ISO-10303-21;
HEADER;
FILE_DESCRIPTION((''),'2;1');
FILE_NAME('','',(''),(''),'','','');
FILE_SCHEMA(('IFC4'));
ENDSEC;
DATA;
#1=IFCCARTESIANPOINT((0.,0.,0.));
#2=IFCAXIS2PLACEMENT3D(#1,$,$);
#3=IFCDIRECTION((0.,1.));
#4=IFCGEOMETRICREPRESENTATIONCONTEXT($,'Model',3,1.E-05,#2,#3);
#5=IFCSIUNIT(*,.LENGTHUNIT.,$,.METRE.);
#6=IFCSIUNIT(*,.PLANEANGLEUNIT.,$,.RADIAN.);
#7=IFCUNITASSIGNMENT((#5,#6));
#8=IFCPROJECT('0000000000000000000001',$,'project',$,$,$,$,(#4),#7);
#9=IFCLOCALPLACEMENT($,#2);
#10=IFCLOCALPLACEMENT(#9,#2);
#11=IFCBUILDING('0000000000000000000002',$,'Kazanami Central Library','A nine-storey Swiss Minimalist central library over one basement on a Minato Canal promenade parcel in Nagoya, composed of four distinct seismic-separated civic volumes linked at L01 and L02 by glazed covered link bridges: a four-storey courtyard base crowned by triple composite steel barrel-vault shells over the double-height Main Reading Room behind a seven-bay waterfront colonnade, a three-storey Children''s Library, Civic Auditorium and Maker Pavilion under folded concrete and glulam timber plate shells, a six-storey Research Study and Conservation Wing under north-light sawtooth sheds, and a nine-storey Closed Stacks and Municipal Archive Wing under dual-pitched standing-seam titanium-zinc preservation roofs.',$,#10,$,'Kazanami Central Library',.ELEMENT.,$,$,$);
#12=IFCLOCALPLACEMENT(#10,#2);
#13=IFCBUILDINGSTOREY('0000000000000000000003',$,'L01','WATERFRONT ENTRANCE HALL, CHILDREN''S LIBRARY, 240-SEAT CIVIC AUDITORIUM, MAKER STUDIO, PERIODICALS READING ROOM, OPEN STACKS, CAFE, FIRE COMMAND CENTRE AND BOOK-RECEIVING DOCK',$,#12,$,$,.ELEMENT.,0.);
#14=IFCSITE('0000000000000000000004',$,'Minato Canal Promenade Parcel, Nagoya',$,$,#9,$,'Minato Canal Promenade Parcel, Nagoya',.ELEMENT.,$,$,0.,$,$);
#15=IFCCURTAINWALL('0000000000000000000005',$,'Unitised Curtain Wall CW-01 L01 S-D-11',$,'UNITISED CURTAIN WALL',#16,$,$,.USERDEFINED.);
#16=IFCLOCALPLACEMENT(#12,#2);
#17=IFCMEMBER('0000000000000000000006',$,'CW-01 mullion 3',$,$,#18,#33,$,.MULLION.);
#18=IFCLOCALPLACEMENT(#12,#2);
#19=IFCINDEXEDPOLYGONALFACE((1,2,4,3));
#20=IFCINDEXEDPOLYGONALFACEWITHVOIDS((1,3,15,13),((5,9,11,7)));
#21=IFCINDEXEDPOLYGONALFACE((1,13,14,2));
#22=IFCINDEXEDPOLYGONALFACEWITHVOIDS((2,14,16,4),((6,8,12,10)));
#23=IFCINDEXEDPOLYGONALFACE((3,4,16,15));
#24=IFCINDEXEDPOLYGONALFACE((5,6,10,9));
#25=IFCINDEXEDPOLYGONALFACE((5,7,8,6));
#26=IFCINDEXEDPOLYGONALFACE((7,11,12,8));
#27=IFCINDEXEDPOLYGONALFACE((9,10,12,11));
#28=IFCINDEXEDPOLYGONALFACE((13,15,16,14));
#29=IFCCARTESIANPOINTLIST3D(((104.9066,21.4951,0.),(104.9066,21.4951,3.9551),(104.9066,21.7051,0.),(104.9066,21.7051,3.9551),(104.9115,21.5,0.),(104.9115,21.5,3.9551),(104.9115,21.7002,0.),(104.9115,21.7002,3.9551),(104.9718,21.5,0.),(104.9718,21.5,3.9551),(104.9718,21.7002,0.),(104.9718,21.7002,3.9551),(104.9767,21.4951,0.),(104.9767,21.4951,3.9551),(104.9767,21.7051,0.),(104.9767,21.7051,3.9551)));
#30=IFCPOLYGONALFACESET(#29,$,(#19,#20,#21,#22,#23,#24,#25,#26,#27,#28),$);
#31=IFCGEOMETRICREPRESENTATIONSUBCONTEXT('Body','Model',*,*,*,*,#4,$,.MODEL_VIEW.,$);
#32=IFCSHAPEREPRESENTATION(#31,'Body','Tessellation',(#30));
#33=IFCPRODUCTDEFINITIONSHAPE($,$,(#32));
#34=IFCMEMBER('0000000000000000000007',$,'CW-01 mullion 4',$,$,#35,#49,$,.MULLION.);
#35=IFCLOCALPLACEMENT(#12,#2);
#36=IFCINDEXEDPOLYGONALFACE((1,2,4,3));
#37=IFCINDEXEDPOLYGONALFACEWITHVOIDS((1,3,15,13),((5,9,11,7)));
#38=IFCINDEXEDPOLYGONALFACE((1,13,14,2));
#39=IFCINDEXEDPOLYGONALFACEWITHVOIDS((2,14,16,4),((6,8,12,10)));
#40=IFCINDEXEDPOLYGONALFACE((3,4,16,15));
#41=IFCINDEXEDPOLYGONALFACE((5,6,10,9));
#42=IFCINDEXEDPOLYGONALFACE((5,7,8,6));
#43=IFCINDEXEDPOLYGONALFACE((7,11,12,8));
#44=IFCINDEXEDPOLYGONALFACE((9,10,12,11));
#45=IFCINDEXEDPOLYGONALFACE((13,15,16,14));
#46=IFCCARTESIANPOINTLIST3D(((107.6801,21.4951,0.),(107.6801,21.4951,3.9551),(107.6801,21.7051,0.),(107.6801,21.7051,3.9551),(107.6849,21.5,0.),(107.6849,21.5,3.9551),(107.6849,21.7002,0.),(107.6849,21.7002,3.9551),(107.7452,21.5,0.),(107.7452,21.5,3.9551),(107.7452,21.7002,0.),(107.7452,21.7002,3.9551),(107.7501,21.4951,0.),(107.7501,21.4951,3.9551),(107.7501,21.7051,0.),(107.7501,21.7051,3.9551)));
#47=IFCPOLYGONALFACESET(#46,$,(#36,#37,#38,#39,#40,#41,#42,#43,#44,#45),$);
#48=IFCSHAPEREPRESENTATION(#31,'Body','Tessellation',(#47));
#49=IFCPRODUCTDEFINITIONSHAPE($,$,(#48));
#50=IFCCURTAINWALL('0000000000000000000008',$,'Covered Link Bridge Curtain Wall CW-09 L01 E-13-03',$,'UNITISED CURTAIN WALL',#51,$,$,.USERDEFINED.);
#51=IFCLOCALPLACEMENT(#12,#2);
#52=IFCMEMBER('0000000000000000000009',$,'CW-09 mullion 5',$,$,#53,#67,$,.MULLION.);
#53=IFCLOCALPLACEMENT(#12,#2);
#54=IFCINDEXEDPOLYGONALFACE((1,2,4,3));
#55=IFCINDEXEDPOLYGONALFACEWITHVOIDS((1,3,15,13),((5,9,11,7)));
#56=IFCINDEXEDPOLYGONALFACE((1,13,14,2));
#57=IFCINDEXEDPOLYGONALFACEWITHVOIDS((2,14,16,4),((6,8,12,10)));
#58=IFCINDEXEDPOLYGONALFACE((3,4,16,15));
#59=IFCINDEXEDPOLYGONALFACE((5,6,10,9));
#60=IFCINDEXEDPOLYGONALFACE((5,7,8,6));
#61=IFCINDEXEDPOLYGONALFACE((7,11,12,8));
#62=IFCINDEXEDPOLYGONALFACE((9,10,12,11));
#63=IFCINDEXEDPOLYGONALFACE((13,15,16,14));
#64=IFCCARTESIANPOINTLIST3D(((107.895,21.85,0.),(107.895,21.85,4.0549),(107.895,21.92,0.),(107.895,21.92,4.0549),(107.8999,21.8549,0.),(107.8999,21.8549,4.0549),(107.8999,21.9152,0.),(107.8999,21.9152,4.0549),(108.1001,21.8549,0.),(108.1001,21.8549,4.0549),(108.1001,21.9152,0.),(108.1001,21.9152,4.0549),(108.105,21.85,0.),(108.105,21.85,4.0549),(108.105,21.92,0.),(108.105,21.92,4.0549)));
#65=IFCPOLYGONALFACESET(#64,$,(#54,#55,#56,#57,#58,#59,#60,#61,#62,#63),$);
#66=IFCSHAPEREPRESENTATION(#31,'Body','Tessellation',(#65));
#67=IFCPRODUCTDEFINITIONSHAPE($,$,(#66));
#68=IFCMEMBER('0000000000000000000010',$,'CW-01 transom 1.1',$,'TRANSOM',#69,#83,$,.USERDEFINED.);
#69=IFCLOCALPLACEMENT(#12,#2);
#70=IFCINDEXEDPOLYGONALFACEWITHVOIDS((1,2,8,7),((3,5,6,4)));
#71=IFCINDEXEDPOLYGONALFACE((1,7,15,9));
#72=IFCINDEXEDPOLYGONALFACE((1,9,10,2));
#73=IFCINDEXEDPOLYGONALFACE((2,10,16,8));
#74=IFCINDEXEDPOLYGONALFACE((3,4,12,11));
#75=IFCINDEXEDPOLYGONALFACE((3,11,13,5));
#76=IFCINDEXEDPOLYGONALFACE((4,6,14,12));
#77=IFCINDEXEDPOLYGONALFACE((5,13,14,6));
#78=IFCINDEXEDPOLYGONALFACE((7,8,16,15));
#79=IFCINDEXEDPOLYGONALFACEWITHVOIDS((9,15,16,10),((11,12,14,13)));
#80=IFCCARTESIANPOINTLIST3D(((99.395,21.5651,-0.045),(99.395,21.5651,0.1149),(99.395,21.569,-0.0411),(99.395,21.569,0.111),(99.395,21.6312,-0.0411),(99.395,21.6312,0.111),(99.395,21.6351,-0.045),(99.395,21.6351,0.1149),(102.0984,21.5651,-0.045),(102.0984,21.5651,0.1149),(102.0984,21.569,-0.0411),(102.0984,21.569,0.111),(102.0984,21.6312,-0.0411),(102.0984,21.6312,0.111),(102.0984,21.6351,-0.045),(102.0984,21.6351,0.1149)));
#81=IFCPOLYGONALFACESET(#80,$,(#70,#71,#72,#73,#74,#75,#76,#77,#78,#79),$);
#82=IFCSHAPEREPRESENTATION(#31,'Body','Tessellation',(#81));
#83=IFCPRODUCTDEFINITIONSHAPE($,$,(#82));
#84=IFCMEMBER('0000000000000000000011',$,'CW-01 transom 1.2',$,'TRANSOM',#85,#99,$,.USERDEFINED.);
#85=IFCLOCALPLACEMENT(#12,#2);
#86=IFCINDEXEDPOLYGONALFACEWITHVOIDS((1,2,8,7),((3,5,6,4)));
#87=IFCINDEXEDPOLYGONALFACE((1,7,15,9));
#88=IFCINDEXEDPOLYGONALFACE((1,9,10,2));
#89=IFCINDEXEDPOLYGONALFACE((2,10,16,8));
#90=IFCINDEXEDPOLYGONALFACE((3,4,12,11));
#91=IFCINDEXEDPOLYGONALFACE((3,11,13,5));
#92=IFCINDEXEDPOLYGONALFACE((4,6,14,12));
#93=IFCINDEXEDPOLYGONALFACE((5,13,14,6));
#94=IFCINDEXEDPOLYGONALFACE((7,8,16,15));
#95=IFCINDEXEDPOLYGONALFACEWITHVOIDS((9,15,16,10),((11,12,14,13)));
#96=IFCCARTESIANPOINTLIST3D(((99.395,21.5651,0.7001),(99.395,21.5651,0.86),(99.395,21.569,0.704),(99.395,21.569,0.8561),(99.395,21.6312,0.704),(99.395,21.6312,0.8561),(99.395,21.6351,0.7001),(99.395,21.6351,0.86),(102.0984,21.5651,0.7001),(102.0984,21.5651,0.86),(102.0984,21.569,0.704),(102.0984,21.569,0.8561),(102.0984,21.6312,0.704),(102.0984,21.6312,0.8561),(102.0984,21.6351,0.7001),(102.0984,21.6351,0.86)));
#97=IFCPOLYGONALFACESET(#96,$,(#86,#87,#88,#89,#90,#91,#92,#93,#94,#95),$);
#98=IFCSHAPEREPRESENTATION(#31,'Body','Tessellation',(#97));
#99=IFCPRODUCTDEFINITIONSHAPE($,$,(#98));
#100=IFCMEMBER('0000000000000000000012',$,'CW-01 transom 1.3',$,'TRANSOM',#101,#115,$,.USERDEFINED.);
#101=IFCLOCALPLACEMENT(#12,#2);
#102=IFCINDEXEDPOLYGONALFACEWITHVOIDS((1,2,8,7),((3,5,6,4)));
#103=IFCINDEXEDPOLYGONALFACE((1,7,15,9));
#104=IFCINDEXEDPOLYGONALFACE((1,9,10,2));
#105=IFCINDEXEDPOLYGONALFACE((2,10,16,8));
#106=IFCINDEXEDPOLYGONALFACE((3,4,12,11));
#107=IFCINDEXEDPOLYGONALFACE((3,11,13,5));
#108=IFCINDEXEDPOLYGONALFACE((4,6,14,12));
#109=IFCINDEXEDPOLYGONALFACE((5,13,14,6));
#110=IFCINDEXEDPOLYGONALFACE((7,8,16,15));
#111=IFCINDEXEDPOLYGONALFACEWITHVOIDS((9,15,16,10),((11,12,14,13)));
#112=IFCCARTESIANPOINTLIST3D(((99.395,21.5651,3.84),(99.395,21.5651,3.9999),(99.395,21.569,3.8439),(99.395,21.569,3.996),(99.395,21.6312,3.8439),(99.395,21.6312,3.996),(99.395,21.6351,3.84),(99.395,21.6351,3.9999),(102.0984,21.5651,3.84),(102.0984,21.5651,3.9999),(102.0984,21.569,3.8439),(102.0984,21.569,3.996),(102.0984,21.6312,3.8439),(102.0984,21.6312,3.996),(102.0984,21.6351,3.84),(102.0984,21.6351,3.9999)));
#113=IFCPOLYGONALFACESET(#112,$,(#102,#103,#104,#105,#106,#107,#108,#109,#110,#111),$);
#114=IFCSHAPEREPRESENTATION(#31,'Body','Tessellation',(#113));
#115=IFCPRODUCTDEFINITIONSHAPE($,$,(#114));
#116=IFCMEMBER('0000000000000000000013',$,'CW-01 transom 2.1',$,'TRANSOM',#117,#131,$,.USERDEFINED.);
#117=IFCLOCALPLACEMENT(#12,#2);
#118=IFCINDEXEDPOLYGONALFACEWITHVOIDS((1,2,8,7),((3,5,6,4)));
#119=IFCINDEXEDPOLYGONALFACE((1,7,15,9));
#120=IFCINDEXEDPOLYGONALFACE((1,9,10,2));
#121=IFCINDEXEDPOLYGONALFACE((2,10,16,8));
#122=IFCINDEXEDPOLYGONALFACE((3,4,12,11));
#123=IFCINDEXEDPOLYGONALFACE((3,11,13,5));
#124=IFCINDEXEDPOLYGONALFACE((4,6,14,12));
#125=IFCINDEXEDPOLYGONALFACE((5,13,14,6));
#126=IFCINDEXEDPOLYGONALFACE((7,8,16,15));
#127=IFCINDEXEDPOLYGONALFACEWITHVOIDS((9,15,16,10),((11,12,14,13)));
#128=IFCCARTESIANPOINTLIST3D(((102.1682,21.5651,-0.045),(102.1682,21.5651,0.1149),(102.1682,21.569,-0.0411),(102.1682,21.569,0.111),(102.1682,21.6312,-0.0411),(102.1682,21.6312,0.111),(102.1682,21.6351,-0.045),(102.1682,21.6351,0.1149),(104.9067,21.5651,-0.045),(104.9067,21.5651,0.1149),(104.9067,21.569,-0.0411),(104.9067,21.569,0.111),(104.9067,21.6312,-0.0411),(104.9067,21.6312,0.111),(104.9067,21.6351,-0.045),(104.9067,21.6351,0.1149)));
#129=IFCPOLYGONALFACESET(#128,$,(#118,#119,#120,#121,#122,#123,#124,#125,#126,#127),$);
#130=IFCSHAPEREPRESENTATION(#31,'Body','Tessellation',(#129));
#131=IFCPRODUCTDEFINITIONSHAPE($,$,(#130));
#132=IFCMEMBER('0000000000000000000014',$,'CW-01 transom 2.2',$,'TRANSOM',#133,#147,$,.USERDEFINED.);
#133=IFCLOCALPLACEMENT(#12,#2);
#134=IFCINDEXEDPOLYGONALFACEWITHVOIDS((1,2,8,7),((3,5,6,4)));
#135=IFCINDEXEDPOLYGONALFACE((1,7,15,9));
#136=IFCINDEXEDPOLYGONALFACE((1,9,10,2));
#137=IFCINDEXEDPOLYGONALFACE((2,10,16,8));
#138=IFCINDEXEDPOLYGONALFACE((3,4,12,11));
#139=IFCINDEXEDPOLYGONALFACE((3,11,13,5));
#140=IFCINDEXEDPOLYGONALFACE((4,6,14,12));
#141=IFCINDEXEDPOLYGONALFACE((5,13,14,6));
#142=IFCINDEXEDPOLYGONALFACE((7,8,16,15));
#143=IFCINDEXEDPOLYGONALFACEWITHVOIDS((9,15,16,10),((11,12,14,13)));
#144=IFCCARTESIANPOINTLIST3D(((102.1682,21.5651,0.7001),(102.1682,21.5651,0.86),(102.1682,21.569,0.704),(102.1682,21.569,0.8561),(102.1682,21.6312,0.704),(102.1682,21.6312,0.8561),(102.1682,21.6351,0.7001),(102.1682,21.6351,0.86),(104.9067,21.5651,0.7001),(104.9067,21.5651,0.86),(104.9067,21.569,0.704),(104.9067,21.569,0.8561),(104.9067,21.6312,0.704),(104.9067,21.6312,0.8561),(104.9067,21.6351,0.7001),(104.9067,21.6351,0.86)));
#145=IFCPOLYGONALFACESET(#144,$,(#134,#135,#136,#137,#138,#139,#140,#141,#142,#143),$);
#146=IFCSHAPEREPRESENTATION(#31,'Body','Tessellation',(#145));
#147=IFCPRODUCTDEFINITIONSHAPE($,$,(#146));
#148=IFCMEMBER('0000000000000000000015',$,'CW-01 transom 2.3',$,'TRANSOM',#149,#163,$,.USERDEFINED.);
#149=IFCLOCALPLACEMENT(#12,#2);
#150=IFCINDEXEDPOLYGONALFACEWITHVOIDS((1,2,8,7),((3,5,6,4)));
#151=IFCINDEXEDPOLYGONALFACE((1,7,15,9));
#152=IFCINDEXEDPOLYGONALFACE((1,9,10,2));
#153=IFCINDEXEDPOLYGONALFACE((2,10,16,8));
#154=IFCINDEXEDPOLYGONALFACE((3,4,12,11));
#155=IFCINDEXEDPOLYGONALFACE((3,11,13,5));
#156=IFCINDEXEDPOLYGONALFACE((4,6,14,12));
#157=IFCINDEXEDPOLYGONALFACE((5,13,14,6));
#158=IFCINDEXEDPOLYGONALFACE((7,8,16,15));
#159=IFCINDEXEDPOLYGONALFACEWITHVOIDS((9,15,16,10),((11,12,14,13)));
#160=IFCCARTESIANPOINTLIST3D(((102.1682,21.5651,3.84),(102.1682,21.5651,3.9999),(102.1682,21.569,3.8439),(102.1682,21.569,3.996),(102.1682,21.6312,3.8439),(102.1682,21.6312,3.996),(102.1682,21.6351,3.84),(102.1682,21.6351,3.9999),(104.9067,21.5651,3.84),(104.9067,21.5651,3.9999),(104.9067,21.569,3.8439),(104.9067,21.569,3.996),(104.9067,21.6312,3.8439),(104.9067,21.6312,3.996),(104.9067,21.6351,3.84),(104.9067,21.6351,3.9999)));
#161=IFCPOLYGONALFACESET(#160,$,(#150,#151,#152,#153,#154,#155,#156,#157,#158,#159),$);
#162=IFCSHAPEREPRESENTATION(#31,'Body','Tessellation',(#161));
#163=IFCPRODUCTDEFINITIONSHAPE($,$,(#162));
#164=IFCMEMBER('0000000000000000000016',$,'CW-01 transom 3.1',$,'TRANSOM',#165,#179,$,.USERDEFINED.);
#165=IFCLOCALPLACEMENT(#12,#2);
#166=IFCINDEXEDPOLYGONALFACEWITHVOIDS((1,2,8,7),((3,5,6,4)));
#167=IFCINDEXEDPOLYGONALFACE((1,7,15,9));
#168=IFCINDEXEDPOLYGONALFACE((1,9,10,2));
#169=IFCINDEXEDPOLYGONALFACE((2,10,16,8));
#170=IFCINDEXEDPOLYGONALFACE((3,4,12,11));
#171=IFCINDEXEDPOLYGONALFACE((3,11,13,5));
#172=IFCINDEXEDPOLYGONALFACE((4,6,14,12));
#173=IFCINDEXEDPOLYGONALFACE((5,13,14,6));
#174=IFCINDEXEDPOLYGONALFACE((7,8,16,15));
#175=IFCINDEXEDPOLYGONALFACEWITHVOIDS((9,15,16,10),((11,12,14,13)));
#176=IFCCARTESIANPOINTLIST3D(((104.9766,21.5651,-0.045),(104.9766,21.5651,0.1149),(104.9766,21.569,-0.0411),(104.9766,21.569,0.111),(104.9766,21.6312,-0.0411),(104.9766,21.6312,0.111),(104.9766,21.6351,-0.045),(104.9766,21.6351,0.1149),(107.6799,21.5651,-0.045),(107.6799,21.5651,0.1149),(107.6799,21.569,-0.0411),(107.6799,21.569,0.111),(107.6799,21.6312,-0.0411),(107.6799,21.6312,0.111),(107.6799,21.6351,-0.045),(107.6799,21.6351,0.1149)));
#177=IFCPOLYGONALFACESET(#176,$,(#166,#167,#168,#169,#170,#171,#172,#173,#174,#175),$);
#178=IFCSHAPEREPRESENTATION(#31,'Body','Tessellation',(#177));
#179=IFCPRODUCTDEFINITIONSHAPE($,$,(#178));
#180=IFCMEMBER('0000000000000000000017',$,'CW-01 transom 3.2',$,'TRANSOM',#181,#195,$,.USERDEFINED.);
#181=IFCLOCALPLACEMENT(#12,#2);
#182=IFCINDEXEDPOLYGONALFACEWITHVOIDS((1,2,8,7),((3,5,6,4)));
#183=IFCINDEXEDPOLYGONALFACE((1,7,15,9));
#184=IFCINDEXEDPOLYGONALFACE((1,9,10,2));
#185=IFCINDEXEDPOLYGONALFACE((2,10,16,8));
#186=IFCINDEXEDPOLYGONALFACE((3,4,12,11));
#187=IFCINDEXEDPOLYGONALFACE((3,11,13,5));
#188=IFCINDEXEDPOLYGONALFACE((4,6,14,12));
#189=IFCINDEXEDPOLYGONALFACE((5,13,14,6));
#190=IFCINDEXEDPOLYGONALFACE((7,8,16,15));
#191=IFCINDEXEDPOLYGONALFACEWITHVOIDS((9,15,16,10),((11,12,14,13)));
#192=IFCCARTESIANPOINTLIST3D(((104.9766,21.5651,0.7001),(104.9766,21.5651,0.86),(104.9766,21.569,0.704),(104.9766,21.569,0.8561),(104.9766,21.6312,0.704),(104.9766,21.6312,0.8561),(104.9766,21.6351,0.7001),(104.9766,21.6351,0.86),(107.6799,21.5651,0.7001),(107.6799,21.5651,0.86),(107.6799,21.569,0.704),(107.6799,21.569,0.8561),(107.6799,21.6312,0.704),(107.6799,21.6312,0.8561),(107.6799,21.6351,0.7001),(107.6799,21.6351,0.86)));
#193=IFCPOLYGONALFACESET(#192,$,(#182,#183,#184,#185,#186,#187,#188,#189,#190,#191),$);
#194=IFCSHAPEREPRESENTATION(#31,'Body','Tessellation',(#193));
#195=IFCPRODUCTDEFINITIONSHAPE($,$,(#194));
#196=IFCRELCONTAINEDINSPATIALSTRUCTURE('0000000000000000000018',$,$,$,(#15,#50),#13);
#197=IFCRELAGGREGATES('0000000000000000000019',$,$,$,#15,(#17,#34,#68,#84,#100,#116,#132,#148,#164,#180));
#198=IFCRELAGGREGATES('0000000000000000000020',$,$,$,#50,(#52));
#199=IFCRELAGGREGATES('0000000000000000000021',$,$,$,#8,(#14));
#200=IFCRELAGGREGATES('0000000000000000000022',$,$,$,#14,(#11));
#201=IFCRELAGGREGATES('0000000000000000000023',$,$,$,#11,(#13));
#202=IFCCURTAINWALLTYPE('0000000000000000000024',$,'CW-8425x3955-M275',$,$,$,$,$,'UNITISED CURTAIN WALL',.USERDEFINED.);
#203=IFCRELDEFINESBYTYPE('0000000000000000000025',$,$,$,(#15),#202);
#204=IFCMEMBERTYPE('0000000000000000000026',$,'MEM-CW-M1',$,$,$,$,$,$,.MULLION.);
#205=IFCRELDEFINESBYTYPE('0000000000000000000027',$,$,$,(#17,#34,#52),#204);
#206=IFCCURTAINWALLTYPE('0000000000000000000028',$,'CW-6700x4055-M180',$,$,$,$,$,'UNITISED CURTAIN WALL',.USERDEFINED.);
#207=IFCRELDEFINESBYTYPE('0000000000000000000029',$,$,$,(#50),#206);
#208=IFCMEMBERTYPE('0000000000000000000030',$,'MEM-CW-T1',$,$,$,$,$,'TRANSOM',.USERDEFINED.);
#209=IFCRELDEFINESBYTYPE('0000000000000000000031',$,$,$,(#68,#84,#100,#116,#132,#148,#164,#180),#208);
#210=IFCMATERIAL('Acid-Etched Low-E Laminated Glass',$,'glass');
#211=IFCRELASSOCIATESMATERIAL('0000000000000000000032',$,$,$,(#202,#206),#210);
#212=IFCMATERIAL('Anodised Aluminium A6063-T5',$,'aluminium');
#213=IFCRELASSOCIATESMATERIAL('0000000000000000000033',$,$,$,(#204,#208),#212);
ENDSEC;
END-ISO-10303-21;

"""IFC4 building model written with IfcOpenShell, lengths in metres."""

from ifc_helpers import new_model, si_unit, direction, frame, origin, origin_2d, place, context, subcontext, project, spatial, hollow_rectangle, extrude, material, material_profile, profile_set, type_object, element, aggregate, save


model = new_model("IFC4")

# Units and contexts
model_context = context("Model", 3, precision=1e-05, world=origin(), true_north=direction((0.0, 1.0)))
body_context = subcontext(model_context, "Body", "Model", "MODEL_VIEW")
ifc_project = project(units=[si_unit("LENGTHUNIT", "METRE"), si_unit("PLANEANGLEUNIT", "RADIAN")], contexts=[model_context])

# Site, building, storey
site_placement = place(None, origin())
site = spatial("IfcSite", under=ifc_project, at=site_placement, Name="Minato Canal Promenade Parcel, Nagoya", LongName="Minato Canal Promenade Parcel, Nagoya", CompositionType="ELEMENT", RefElevation=0.0)
building_placement = place(site_placement, origin())
building = spatial("IfcBuilding", under=site, at=building_placement, Name="Kazanami Central Library", Description="A nine-storey Swiss Minimalist central library over one basement on a Minato Canal promenade parcel in Nagoya, composed of four distinct seismic-separated civic volumes linked at L01 and L02 by glazed covered link bridges: a four-storey courtyard base crowned by triple composite steel barrel-vault shells over the double-height Main Reading Room behind a seven-bay waterfront colonnade, a three-storey Children's Library, Civic Auditorium and Maker Pavilion under folded concrete and glulam timber plate shells, a six-storey Research Study and Conservation Wing under north-light sawtooth sheds, and a nine-storey Closed Stacks and Municipal Archive Wing under dual-pitched standing-seam titanium-zinc preservation roofs.", LongName="Kazanami Central Library", CompositionType="ELEMENT")
storey_placement = place(building_placement, origin())
storey = spatial("IfcBuildingStorey", under=building, at=storey_placement, Name="L01", Description="WATERFRONT ENTRANCE HALL, CHILDREN'S LIBRARY, 240-SEAT CIVIC AUDITORIUM, MAKER STUDIO, PERIODICALS READING ROOM, OPEN STACKS, CAFE, FIRE COMMAND CENTRE AND BOOK-RECEIVING DOCK", CompositionType="ELEMENT", Elevation=0.0)

# Curtain wall, members
ifc_material_1 = material(Name="Acid-Etched Low-E Laminated Glass", Category="glass")
curtain_wall_type_1 = type_object("IfcCurtainWallType", Name="CW-8425x3955-M275", ElementType="UNITISED CURTAIN WALL", PredefinedType="USERDEFINED", material=ifc_material_1)
curtain_wall_1_placement = place(storey_placement, origin())
curtain_wall_1 = element("IfcCurtainWall", 1, at=curtain_wall_1_placement, inside=storey, type_object=curtain_wall_type_1, Name="Unitised Curtain Wall CW-01 L01 S-D-11", ObjectType="UNITISED CURTAIN WALL", PredefinedType="USERDEFINED")
ifc_material_2 = material(Name="Anodised Aluminium A6063-T5", Category="aluminium")
ifc_material_profile_1 = material_profile(ifc_material_2, hollow_rectangle(XDim=0.0701, YDim=0.21, WallThickness=0.0049, at=origin_2d()), Name="ALU-MULL-70x210x5")
ifc_profile_set_1 = profile_set([ifc_material_profile_1], Name="Anodised Aluminium A6063-T5")
member_type_1 = type_object("IfcMemberType", Name="MEM-CW-M1", PredefinedType="MULLION", material=ifc_profile_set_1)
member_1_placement = place(storey_placement, frame((104.9417, 21.6001, 0.0), z_axis=(0.0, 0.0, 1.0), x_axis=(1.0, 0.0, 0.0)))
member_1 = element("IfcMember", 2, at=member_1_placement, type_object=member_type_1, Name="CW-01 mullion 3", PredefinedType="MULLION", context=body_context, shape_type="SweptSolid", body=[
    extrude(hollow_rectangle(XDim=0.0701, YDim=0.21, WallThickness=0.0049, at=origin_2d()), origin(), (0.0, 0.0, 1.0), 3.9551),
])
member_2_placement = place(storey_placement, frame((107.7151, 21.6001, 0.0), z_axis=(0.0, 0.0, 1.0), x_axis=(1.0, 0.0, 0.0)))
member_2 = element("IfcMember", 3, at=member_2_placement, type_object=member_type_1, Name="CW-01 mullion 4", PredefinedType="MULLION", context=body_context, shape_type="SweptSolid", body=[
    extrude(hollow_rectangle(XDim=0.0701, YDim=0.21, WallThickness=0.0049, at=origin_2d()), origin(), (0.0, 0.0, 1.0), 3.9551),
])

# Curtain wall, member
curtain_wall_type_2 = type_object("IfcCurtainWallType", Name="CW-6700x4055-M180", ElementType="UNITISED CURTAIN WALL", PredefinedType="USERDEFINED", material=ifc_material_1)
curtain_wall_2_placement = place(storey_placement, origin())
curtain_wall_2 = element("IfcCurtainWall", 4, at=curtain_wall_2_placement, inside=storey, type_object=curtain_wall_type_2, Name="Covered Link Bridge Curtain Wall CW-09 L01 E-13-03", ObjectType="UNITISED CURTAIN WALL", PredefinedType="USERDEFINED")
member_3_placement = place(storey_placement, frame((108.0, 21.885, 0.0), z_axis=(0.0, 0.0, 1.0), x_axis=(0.0, -1.0, 0.0)))
member_3 = element("IfcMember", 5, at=member_3_placement, type_object=member_type_1, Name="CW-09 mullion 5", PredefinedType="MULLION", context=body_context, shape_type="SweptSolid", body=[
    extrude(hollow_rectangle(XDim=0.0701, YDim=0.21, WallThickness=0.0049, at=origin_2d()), origin(), (0.0, 0.0, 1.0), 4.0549),
])

# Members
ifc_material_profile_2 = material_profile(ifc_material_2, hollow_rectangle(XDim=0.0701, YDim=0.1599, WallThickness=0.0039, at=origin_2d()), Name="ALU-TRAN-70x160x4")
ifc_profile_set_2 = profile_set([ifc_material_profile_2], Name="Anodised Aluminium A6063-T5")
member_type_2 = type_object("IfcMemberType", Name="MEM-CW-T1", ElementType="TRANSOM", PredefinedType="USERDEFINED", material=ifc_profile_set_2)
member_4_placement = place(storey_placement, frame((99.395, 21.6001, 0.0349), z_axis=(1.0, 0.0, 0.0), x_axis=(0.0, 1.0, 0.0)))
member_4 = element("IfcMember", 6, at=member_4_placement, type_object=member_type_2, Name="CW-01 transom 1.1", ObjectType="TRANSOM", PredefinedType="USERDEFINED", context=body_context, shape_type="SweptSolid", body=[
    extrude(hollow_rectangle(XDim=0.0701, YDim=0.1599, WallThickness=0.0039, at=origin_2d()), origin(), (0.0, 0.0, 1.0), 2.7034),
])
member_5_placement = place(storey_placement, frame((99.395, 21.6001, 0.78), z_axis=(1.0, 0.0, 0.0), x_axis=(0.0, 1.0, 0.0)))
member_5 = element("IfcMember", 7, at=member_5_placement, type_object=member_type_2, Name="CW-01 transom 1.2", ObjectType="TRANSOM", PredefinedType="USERDEFINED", context=body_context, shape_type="SweptSolid", body=[
    extrude(hollow_rectangle(XDim=0.0701, YDim=0.1599, WallThickness=0.0039, at=origin_2d()), origin(), (0.0, 0.0, 1.0), 2.7034),
])
member_6_placement = place(storey_placement, frame((99.395, 21.6001, 3.9199), z_axis=(1.0, 0.0, 0.0), x_axis=(0.0, 1.0, 0.0)))
member_6 = element("IfcMember", 8, at=member_6_placement, type_object=member_type_2, Name="CW-01 transom 1.3", ObjectType="TRANSOM", PredefinedType="USERDEFINED", context=body_context, shape_type="SweptSolid", body=[
    extrude(hollow_rectangle(XDim=0.0701, YDim=0.1599, WallThickness=0.0039, at=origin_2d()), origin(), (0.0, 0.0, 1.0), 2.7034),
])
member_7_placement = place(storey_placement, frame((102.1682, 21.6001, 0.0349), z_axis=(1.0, 0.0, 0.0), x_axis=(0.0, 1.0, 0.0)))
member_7 = element("IfcMember", 9, at=member_7_placement, type_object=member_type_2, Name="CW-01 transom 2.1", ObjectType="TRANSOM", PredefinedType="USERDEFINED", context=body_context, shape_type="SweptSolid", body=[
    extrude(hollow_rectangle(XDim=0.0701, YDim=0.1599, WallThickness=0.0039, at=origin_2d()), origin(), (0.0, 0.0, 1.0), 2.7385),
])
member_8_placement = place(storey_placement, frame((102.1682, 21.6001, 0.78), z_axis=(1.0, 0.0, 0.0), x_axis=(0.0, 1.0, 0.0)))
member_8 = element("IfcMember", 10, at=member_8_placement, type_object=member_type_2, Name="CW-01 transom 2.2", ObjectType="TRANSOM", PredefinedType="USERDEFINED", context=body_context, shape_type="SweptSolid", body=[
    extrude(hollow_rectangle(XDim=0.0701, YDim=0.1599, WallThickness=0.0039, at=origin_2d()), origin(), (0.0, 0.0, 1.0), 2.7385),
])
member_9_placement = place(storey_placement, frame((102.1682, 21.6001, 3.9199), z_axis=(1.0, 0.0, 0.0), x_axis=(0.0, 1.0, 0.0)))
member_9 = element("IfcMember", 11, at=member_9_placement, type_object=member_type_2, Name="CW-01 transom 2.3", ObjectType="TRANSOM", PredefinedType="USERDEFINED", context=body_context, shape_type="SweptSolid", body=[
    extrude(hollow_rectangle(XDim=0.0701, YDim=0.1599, WallThickness=0.0039, at=origin_2d()), origin(), (0.0, 0.0, 1.0), 2.7385),
])
member_10_placement = place(storey_placement, frame((104.9766, 21.6001, 0.0349), z_axis=(1.0, 0.0, 0.0), x_axis=(0.0, 1.0, 0.0)))
member_10 = element("IfcMember", 12, at=member_10_placement, type_object=member_type_2, Name="CW-01 transom 3.1", ObjectType="TRANSOM", PredefinedType="USERDEFINED", context=body_context, shape_type="SweptSolid", body=[
    extrude(hollow_rectangle(XDim=0.0701, YDim=0.1599, WallThickness=0.0039, at=origin_2d()), origin(), (0.0, 0.0, 1.0), 2.7034),
])
member_11_placement = place(storey_placement, frame((104.9766, 21.6001, 0.78), z_axis=(1.0, 0.0, 0.0), x_axis=(0.0, 1.0, 0.0)))
member_11 = element("IfcMember", 13, at=member_11_placement, type_object=member_type_2, Name="CW-01 transom 3.2", ObjectType="TRANSOM", PredefinedType="USERDEFINED", context=body_context, shape_type="SweptSolid", body=[
    extrude(hollow_rectangle(XDim=0.0701, YDim=0.1599, WallThickness=0.0039, at=origin_2d()), origin(), (0.0, 0.0, 1.0), 2.7034),
])

aggregate(curtain_wall_1, [member_1, member_2, member_4, member_5, member_6, member_7, member_8, member_9, member_10, member_11])
aggregate(curtain_wall_2, [member_3])

save(model, "model.ifc")
